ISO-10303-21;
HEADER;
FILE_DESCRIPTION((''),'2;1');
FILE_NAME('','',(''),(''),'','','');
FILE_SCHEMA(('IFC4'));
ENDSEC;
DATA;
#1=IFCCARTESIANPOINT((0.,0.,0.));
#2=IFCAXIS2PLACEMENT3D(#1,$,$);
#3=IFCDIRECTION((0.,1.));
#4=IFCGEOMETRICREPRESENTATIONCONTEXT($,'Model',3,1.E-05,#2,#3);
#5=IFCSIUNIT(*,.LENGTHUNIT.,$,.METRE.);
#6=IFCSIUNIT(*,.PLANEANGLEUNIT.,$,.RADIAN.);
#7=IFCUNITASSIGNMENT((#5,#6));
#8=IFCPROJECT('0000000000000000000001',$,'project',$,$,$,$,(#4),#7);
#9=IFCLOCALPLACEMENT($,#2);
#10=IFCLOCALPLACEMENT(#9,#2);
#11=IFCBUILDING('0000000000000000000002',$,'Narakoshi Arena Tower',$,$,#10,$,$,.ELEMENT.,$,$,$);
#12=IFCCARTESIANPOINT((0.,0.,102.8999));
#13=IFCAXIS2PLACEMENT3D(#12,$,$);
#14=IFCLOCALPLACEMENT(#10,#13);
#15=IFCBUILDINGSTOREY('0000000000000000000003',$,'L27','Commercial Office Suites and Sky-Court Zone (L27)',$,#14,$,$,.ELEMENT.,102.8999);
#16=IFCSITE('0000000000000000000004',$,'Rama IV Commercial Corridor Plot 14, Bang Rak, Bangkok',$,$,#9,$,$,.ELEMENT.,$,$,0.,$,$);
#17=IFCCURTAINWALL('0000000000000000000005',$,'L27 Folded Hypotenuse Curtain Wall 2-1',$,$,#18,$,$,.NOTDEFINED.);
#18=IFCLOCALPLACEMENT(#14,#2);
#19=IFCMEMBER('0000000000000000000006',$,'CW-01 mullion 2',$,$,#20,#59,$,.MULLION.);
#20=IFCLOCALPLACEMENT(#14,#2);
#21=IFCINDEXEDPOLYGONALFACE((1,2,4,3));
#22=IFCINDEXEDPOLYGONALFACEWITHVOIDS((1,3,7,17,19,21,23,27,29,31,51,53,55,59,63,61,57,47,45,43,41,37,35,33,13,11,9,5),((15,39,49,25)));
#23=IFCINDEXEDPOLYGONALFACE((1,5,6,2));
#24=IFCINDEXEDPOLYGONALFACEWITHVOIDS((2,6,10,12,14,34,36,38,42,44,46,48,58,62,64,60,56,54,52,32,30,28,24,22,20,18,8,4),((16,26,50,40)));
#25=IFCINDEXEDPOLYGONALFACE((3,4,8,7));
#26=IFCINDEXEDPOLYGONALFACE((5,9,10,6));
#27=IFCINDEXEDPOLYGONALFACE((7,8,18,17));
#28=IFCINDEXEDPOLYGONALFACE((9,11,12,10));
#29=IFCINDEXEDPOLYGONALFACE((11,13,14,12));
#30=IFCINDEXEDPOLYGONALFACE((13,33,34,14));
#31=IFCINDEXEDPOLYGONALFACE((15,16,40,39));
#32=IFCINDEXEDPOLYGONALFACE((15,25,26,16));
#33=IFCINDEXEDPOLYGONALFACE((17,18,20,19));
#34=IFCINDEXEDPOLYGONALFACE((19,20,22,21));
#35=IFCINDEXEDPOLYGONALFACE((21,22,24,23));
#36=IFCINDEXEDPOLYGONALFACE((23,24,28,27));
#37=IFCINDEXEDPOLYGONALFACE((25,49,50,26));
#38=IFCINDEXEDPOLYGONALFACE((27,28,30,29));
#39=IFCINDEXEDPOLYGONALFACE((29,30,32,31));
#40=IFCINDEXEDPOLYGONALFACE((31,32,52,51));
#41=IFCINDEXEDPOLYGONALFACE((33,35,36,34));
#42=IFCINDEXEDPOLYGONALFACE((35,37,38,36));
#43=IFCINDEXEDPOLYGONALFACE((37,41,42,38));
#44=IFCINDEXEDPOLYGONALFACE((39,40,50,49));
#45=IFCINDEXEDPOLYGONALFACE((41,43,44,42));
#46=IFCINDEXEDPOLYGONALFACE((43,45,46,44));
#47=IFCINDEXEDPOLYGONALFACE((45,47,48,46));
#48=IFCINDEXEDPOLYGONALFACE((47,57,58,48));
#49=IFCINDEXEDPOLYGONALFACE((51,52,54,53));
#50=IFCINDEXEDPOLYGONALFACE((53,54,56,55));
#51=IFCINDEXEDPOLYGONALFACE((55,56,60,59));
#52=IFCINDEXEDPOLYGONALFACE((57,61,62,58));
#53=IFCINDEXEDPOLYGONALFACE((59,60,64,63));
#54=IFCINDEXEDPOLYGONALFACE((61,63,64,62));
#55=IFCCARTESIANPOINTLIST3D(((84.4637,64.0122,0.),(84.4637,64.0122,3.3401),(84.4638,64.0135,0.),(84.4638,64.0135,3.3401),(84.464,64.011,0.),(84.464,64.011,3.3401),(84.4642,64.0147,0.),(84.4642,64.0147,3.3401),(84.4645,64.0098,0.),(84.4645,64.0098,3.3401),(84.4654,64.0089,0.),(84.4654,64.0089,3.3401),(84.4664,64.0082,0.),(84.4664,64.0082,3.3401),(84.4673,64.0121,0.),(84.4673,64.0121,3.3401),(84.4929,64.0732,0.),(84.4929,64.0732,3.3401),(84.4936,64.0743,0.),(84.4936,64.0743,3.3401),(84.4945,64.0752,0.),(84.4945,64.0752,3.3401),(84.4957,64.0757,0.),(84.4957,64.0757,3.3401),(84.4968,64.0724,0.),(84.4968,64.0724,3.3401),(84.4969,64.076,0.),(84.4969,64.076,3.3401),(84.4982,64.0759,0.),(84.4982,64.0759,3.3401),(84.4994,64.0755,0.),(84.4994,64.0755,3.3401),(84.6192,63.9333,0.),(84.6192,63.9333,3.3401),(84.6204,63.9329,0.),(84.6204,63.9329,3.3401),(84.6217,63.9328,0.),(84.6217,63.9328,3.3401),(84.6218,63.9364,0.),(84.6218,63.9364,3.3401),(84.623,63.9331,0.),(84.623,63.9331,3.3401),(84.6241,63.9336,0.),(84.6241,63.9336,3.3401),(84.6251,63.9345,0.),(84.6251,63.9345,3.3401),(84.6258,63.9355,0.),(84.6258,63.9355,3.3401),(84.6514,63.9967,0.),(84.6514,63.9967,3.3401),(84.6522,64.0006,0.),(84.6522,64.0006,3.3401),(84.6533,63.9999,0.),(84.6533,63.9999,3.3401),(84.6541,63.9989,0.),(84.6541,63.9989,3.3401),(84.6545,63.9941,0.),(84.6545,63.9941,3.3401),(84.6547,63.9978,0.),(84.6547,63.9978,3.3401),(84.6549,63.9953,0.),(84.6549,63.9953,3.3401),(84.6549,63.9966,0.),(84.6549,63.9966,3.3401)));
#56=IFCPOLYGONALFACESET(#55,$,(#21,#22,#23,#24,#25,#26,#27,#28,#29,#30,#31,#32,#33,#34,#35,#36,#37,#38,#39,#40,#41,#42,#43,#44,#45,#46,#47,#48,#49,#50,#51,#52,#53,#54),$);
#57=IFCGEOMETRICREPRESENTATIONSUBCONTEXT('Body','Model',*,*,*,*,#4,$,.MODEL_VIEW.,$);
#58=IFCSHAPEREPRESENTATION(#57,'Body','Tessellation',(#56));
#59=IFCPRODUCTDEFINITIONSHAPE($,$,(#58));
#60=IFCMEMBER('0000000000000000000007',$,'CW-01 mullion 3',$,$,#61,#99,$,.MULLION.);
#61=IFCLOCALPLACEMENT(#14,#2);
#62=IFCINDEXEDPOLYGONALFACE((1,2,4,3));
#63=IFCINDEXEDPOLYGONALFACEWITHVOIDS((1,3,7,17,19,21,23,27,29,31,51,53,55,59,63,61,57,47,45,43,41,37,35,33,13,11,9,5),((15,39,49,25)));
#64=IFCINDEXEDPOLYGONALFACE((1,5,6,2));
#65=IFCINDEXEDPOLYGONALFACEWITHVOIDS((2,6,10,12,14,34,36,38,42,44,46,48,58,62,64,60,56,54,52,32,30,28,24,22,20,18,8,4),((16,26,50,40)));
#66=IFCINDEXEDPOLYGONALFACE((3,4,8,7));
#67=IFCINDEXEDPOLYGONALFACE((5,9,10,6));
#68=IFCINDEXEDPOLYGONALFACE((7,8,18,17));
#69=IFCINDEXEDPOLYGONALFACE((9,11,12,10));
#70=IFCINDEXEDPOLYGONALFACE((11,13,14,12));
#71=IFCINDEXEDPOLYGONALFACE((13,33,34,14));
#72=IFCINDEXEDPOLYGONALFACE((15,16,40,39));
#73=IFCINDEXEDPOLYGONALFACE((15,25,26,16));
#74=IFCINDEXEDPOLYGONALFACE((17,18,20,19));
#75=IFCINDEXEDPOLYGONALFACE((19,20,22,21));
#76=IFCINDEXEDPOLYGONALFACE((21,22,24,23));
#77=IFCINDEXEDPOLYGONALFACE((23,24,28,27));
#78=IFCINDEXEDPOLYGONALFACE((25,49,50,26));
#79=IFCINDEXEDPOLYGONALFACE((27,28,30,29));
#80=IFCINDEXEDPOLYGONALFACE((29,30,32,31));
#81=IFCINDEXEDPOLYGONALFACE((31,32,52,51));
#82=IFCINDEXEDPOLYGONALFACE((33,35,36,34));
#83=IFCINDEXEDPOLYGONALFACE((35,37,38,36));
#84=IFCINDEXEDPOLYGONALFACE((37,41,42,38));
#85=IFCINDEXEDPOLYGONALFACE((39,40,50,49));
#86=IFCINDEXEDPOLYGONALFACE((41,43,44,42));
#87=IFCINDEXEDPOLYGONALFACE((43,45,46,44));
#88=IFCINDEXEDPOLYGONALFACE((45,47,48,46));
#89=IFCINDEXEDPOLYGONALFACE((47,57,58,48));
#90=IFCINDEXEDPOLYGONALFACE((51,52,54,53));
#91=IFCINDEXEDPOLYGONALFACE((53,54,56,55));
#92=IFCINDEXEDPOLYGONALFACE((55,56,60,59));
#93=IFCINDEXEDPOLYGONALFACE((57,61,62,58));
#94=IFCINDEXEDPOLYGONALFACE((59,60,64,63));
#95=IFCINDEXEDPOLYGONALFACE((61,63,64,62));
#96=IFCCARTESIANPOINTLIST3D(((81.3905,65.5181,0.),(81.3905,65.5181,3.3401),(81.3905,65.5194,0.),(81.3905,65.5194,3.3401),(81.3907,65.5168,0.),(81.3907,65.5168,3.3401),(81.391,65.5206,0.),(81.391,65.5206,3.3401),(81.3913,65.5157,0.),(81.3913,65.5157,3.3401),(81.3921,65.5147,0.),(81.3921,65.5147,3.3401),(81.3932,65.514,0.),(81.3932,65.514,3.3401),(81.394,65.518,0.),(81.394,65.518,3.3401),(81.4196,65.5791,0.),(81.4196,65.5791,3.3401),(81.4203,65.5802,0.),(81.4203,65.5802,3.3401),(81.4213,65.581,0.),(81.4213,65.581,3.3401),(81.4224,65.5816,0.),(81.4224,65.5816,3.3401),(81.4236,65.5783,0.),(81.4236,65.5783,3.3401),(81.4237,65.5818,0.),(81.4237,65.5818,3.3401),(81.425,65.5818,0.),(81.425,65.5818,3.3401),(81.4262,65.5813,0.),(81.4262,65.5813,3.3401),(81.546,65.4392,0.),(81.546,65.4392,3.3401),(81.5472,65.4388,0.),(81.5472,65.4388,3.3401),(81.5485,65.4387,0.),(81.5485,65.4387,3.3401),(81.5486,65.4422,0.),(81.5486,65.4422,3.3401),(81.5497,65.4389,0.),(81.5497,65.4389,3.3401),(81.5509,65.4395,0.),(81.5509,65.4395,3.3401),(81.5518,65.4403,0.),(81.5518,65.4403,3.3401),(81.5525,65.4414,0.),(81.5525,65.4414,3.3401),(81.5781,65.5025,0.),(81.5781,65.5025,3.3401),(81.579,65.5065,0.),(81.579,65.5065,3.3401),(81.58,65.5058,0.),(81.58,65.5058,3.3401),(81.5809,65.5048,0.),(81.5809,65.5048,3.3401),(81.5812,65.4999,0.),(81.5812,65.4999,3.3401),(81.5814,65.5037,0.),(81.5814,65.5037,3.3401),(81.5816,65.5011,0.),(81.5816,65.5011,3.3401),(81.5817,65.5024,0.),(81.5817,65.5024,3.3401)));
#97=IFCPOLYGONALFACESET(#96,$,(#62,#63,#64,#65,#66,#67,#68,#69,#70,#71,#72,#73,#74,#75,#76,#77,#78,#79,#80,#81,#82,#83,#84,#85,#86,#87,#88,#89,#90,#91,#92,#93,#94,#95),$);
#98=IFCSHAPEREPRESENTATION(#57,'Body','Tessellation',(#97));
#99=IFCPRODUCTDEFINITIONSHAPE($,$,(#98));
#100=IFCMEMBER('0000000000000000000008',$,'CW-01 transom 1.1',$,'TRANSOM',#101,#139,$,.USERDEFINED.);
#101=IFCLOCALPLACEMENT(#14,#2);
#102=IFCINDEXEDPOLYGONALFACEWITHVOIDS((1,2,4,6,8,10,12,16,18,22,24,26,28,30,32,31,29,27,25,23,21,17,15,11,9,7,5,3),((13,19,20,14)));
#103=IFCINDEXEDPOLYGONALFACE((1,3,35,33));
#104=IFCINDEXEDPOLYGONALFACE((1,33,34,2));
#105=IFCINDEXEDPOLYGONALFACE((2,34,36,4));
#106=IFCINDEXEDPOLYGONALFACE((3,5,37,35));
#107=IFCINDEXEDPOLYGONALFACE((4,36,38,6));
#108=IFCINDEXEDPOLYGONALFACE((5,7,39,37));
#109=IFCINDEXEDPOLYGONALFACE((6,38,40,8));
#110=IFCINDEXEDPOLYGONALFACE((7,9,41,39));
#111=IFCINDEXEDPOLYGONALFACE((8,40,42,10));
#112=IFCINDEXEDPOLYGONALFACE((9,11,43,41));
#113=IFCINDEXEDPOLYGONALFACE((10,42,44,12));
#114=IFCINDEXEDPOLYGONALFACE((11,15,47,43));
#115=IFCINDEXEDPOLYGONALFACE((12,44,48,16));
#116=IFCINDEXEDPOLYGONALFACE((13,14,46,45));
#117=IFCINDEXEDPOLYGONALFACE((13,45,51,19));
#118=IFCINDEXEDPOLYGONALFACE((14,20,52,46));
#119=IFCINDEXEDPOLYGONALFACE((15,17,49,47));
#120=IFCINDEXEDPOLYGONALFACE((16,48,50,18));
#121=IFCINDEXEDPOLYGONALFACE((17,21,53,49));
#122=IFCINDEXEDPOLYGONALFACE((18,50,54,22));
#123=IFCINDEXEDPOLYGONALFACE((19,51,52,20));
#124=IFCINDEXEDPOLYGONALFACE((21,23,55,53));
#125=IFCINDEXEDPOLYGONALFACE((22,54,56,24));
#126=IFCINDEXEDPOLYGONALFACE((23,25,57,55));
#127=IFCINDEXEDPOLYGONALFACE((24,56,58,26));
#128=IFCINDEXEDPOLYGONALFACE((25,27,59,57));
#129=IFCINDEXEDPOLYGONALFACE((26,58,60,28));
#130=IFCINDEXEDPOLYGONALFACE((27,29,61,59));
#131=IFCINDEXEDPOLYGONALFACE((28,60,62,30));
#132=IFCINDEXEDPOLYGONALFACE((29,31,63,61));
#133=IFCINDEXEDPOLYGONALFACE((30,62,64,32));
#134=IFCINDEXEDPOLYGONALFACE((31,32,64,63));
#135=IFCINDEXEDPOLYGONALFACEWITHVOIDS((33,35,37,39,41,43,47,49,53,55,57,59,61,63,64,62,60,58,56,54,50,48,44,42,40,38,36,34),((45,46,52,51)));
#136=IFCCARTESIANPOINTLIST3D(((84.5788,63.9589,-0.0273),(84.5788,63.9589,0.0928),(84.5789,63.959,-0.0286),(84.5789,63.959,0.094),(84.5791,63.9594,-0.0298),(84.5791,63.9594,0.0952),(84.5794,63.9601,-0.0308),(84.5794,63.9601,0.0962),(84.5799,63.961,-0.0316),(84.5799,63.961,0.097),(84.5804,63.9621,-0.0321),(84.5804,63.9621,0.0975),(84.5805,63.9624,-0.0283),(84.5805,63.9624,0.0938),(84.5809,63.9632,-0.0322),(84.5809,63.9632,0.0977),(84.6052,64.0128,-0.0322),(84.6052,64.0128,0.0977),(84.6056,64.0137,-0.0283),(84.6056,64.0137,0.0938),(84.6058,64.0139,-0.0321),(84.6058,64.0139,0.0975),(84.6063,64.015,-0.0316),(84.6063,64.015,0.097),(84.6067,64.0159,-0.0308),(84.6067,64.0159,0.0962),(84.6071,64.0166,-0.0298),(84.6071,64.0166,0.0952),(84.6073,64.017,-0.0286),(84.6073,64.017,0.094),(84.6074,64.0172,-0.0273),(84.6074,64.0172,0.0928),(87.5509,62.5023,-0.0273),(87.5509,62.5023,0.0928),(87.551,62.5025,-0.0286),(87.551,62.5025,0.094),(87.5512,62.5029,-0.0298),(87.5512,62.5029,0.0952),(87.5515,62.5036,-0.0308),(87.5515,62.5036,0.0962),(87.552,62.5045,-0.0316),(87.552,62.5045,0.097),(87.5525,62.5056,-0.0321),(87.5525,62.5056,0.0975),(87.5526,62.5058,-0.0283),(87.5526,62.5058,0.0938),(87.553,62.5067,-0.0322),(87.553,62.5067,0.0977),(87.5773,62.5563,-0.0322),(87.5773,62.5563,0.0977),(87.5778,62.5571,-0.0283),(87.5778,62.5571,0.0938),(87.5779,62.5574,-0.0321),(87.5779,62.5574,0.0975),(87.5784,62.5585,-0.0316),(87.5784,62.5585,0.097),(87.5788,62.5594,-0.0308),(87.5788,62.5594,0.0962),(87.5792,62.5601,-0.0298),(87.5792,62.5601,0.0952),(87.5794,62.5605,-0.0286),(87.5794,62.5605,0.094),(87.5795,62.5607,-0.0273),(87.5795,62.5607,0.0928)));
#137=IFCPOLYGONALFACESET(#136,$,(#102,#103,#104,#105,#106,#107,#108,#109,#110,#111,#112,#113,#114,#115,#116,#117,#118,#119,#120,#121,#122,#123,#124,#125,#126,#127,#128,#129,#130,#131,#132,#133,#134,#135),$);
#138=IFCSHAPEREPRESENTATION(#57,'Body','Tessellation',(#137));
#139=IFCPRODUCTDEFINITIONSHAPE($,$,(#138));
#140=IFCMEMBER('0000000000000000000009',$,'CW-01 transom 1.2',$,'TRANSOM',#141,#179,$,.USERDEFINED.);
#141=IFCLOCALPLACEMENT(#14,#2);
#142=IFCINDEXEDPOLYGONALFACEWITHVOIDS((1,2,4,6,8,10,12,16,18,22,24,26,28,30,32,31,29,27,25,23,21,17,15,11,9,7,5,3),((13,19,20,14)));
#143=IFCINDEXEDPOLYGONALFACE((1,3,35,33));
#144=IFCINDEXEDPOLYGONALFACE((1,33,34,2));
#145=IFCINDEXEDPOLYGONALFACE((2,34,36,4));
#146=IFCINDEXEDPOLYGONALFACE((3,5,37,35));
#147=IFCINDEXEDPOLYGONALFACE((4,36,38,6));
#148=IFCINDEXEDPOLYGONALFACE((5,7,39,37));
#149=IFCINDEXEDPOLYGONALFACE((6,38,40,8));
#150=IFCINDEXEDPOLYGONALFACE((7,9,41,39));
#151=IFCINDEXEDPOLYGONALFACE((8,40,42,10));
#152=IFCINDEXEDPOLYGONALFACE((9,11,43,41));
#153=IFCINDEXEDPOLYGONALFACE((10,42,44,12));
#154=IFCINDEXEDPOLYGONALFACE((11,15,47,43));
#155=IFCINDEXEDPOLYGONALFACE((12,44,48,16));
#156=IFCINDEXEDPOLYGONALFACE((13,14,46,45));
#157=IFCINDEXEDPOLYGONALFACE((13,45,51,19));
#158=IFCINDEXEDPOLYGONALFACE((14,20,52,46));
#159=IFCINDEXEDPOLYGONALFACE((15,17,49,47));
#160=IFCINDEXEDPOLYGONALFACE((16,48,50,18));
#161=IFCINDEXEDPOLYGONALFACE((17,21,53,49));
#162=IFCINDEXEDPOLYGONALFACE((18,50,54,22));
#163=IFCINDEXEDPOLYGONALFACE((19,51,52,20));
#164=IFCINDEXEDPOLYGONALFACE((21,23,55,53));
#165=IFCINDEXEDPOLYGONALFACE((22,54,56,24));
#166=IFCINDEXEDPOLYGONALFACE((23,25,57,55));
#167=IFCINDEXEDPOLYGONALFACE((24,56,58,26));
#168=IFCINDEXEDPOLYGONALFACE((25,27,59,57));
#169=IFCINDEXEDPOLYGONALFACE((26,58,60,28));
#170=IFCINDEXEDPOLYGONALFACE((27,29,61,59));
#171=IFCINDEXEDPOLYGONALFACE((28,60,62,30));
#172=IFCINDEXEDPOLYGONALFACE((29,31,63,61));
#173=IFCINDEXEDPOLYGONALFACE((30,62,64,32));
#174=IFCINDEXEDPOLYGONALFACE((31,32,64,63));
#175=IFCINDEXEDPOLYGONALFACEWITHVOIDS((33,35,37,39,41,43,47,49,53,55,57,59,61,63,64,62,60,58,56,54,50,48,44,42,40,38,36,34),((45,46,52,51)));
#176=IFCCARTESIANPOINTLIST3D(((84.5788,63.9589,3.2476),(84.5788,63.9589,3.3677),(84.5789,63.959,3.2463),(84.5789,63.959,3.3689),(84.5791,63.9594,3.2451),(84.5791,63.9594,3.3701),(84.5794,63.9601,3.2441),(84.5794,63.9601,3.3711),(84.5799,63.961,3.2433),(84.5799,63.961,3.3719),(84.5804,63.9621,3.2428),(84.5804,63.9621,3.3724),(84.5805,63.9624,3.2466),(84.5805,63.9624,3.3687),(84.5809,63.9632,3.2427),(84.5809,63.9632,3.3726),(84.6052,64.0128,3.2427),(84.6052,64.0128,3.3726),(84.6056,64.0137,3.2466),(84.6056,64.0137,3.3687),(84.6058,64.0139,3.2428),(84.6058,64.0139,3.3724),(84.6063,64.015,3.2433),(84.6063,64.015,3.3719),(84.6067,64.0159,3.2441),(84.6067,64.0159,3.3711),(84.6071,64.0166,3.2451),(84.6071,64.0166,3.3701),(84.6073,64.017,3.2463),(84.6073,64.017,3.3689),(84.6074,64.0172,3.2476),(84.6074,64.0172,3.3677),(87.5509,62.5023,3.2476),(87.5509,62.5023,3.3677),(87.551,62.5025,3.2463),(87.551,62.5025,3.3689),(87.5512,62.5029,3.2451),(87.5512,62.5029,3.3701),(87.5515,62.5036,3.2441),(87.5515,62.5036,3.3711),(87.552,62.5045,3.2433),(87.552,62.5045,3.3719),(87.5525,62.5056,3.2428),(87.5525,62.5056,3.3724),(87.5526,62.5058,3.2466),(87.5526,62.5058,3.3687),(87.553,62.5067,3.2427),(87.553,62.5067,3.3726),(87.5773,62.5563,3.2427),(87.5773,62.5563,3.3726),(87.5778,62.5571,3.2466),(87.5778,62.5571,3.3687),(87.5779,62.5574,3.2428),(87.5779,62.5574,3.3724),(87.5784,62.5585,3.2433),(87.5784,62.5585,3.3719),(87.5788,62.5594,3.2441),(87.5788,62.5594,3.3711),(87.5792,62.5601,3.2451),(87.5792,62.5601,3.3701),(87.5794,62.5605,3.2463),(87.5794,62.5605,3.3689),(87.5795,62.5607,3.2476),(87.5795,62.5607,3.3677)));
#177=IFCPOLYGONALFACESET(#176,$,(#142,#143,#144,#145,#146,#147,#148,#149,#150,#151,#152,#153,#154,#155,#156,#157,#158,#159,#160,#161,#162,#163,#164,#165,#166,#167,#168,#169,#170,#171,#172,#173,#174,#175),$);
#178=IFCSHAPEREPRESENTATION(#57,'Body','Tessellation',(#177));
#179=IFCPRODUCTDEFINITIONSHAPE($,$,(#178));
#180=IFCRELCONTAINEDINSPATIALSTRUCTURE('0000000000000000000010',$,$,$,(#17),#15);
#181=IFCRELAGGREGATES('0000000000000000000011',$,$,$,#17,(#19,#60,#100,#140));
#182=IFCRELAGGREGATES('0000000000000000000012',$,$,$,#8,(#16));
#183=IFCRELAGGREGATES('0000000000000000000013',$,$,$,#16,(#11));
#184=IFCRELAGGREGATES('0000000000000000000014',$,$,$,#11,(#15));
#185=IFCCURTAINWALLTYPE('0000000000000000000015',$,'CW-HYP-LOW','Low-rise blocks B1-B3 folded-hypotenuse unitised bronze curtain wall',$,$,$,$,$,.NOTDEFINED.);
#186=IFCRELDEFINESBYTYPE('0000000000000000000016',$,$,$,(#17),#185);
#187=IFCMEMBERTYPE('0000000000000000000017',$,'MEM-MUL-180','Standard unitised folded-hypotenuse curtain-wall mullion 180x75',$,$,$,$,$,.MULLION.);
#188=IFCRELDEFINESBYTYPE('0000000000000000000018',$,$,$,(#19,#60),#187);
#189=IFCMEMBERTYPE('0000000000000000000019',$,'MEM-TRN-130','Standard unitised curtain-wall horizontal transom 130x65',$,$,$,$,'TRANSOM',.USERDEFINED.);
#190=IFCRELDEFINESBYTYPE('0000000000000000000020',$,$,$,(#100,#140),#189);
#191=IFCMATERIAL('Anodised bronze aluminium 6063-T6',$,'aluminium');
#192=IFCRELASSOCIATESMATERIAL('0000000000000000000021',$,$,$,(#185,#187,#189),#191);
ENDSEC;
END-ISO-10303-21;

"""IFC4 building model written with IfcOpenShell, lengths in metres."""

from ifc_helpers import new_model, si_unit, direction, frame, origin, origin_2d, place, context, subcontext, project, spatial, hollow_rectangle, extrude, material, material_profile, profile_set, type_object, element, aggregate, save


model = new_model("IFC4")

# Units and contexts
model_context = context("Model", 3, precision=1e-05, world=origin(), true_north=direction((0.0, 1.0)))
body_context = subcontext(model_context, "Body", "Model", "MODEL_VIEW")
ifc_project = project(units=[si_unit("LENGTHUNIT", "METRE"), si_unit("PLANEANGLEUNIT", "RADIAN")], contexts=[model_context])

# Site, building, storey
site_placement = place(None, origin())
site = spatial("IfcSite", under=ifc_project, at=site_placement, Name="Rama IV Commercial Corridor Plot 14, Bang Rak, Bangkok", CompositionType="ELEMENT", RefElevation=0.0)
building_placement = place(site_placement, origin())
building = spatial("IfcBuilding", under=site, at=building_placement, Name="Narakoshi Arena Tower", CompositionType="ELEMENT")
storey_placement = place(building_placement, frame((0.0, 0.0, 102.8999)))
storey = spatial("IfcBuildingStorey", under=building, at=storey_placement, Name="L27", Description="Commercial Office Suites and Sky-Court Zone (L27)", CompositionType="ELEMENT", Elevation=102.8999)

# Curtain wall, members
ifc_material_1 = material(Name="Anodised bronze aluminium 6063-T6", Category="aluminium")
curtain_wall_type = type_object("IfcCurtainWallType", Name="CW-HYP-LOW", Description="Low-rise blocks B1-B3 folded-hypotenuse unitised bronze curtain wall", PredefinedType="NOTDEFINED", material=ifc_material_1)
curtain_wall_placement = place(storey_placement, origin())
curtain_wall = element("IfcCurtainWall", 1, at=curtain_wall_placement, inside=storey, type_object=curtain_wall_type, Name="L27 Folded Hypotenuse Curtain Wall 2-1", PredefinedType="NOTDEFINED")
ifc_material_profile_1 = material_profile(ifc_material_1, hollow_rectangle(XDim=0.075, YDim=0.1799, WallThickness=0.0039, OuterFilletRadius=0.0049, at=origin_2d()), Name="MUL180x75x4")
ifc_profile_set_1 = profile_set([ifc_material_profile_1], Name="Anodised bronze aluminium 6063-T6")
member_type_1 = type_object("IfcMemberType", Name="MEM-MUL-180", Description="Standard unitised folded-hypotenuse curtain-wall mullion 180x75", PredefinedType="MULLION", material=ifc_profile_set_1)
member_1_placement = place(storey_placement, frame((84.5593, 64.0044, 0.0), z_axis=(0.0, 0.0, 1.0), x_axis=(-0.440005, -0.897996, 0.0)))
member_1 = element("IfcMember", 2, at=member_1_placement, type_object=member_type_1, Name="CW-01 mullion 2", PredefinedType="MULLION", context=body_context, shape_type="SweptSolid", body=[
    extrude(hollow_rectangle(XDim=0.075, YDim=0.1799, WallThickness=0.0039, OuterFilletRadius=0.0049, at=origin_2d()), origin(), (0.0, 0.0, 1.0), 3.3401),
])
member_2_placement = place(storey_placement, frame((81.4861, 65.5103, 0.0), z_axis=(0.0, 0.0, 1.0), x_axis=(-0.440005, -0.897996, 0.0)))
member_2 = element("IfcMember", 3, at=member_2_placement, type_object=member_type_1, Name="CW-01 mullion 3", PredefinedType="MULLION", context=body_context, shape_type="SweptSolid", body=[
    extrude(hollow_rectangle(XDim=0.075, YDim=0.1799, WallThickness=0.0039, OuterFilletRadius=0.0049, at=origin_2d()), origin(), (0.0, 0.0, 1.0), 3.3401),
])
ifc_material_profile_2 = material_profile(ifc_material_1, hollow_rectangle(XDim=0.0649, YDim=0.1299, WallThickness=0.0039, OuterFilletRadius=0.0049, at=origin_2d()), Name="TRN130x65x4")
ifc_profile_set_2 = profile_set([ifc_material_profile_2], Name="Anodised bronze aluminium 6063-T6")
member_type_2 = type_object("IfcMemberType", Name="MEM-TRN-130", Description="Standard unitised curtain-wall horizontal transom 130x65", ElementType="TRANSOM", PredefinedType="USERDEFINED", material=ifc_profile_set_2)
member_3_placement = place(storey_placement, frame((87.5652, 62.5315, 0.0327), z_axis=(-0.897969, 0.440059, 0.0), x_axis=(-0.440059, -0.897969, 0.0)))
member_3 = element("IfcMember", 4, at=member_3_placement, type_object=member_type_2, Name="CW-01 transom 1.1", ObjectType="TRANSOM", PredefinedType="USERDEFINED", context=body_context, shape_type="SweptSolid", body=[
    extrude(hollow_rectangle(XDim=0.0649, YDim=0.1299, WallThickness=0.0039, OuterFilletRadius=0.0049, at=origin_2d()), origin(), (0.0, 0.0, 1.0), 3.3098),
])
member_4_placement = place(storey_placement, frame((87.5652, 62.5315, 3.3076), z_axis=(-0.897969, 0.440059, 0.0), x_axis=(-0.440059, -0.897969, 0.0)))
member_4 = element("IfcMember", 5, at=member_4_placement, type_object=member_type_2, Name="CW-01 transom 1.2", ObjectType="TRANSOM", PredefinedType="USERDEFINED", context=body_context, shape_type="SweptSolid", body=[
    extrude(hollow_rectangle(XDim=0.0649, YDim=0.1299, WallThickness=0.0039, OuterFilletRadius=0.0049, at=origin_2d()), origin(), (0.0, 0.0, 1.0), 3.3098),
])
aggregate(curtain_wall, [member_1, member_2, member_3, member_4])

save(model, "model.ifc")
